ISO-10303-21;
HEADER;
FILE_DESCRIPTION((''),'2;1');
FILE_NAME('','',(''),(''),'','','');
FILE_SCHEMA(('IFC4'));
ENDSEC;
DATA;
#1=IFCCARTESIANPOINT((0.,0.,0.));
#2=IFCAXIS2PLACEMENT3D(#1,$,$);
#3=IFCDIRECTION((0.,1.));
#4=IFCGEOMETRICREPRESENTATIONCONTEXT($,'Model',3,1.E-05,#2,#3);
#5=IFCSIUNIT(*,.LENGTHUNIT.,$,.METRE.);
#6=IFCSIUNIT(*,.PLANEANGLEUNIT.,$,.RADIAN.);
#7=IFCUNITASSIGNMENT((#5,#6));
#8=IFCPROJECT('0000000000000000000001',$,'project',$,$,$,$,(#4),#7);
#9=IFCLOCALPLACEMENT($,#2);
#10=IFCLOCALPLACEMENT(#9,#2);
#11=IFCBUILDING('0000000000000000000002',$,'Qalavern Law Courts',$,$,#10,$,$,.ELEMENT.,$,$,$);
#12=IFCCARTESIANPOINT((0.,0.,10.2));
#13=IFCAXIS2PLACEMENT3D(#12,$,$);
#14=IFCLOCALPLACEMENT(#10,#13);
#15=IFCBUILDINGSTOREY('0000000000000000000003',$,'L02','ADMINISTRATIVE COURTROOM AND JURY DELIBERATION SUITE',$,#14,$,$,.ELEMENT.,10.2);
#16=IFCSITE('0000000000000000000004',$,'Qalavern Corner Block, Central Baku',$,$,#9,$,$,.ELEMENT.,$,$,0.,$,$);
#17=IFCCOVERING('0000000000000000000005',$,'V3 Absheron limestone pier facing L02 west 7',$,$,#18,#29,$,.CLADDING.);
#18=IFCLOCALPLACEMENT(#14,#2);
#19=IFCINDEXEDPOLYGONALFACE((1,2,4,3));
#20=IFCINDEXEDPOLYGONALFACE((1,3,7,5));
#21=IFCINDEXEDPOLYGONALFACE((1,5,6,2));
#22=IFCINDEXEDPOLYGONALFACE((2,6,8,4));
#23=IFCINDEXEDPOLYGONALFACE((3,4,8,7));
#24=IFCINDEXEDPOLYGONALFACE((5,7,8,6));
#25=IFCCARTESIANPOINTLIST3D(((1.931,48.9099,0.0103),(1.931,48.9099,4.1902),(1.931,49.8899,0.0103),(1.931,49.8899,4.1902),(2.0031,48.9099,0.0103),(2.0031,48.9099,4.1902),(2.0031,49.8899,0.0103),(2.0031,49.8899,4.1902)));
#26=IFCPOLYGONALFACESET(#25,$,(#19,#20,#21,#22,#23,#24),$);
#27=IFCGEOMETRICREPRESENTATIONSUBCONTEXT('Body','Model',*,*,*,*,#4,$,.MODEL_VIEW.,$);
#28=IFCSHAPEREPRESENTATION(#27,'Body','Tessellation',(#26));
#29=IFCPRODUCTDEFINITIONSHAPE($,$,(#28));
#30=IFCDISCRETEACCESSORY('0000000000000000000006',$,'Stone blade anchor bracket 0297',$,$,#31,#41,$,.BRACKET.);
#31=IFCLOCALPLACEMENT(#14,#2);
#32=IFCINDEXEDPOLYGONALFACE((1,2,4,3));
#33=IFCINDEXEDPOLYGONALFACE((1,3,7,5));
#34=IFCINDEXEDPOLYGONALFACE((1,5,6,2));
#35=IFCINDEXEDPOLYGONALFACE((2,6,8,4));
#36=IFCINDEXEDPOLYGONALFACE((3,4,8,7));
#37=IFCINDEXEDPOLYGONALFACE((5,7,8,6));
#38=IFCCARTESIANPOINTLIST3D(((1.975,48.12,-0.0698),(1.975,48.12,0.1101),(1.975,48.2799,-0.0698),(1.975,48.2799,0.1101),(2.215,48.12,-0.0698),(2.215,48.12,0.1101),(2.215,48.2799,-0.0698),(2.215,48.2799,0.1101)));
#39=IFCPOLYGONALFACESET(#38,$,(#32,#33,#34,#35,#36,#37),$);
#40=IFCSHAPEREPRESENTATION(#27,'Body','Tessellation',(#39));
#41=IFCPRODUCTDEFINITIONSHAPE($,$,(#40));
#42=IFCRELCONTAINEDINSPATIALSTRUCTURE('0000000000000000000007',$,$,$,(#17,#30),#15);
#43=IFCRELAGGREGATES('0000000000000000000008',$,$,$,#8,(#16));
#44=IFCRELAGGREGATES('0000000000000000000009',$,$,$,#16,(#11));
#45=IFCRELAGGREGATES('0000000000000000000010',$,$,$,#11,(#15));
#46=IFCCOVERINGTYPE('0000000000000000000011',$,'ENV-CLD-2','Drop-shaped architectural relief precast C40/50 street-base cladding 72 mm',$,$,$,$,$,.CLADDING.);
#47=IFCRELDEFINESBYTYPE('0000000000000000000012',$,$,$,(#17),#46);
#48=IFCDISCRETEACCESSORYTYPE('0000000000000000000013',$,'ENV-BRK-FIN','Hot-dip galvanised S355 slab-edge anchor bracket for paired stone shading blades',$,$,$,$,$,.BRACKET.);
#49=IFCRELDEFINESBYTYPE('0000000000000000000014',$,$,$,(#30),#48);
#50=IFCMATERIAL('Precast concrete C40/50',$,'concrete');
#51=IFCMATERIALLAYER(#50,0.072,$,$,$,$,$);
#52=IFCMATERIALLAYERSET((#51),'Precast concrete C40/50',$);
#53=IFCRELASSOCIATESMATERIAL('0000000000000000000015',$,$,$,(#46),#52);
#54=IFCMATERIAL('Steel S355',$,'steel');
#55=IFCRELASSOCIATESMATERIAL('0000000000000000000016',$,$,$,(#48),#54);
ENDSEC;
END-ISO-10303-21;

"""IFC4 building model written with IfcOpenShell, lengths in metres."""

from ifc_helpers import new_model, si_unit, direction, frame, origin, origin_2d, place, context, subcontext, project, spatial, rectangle, extrude, material, layer, layer_set, type_object, element, save


model = new_model("IFC4")

# Units and contexts
model_context = context("Model", 3, precision=1e-05, world=origin(), true_north=direction((0.0, 1.0)))
body_context = subcontext(model_context, "Body", "Model", "MODEL_VIEW")
ifc_project = project(units=[si_unit("LENGTHUNIT", "METRE"), si_unit("PLANEANGLEUNIT", "RADIAN")], contexts=[model_context])

# Site, building, storey
site_placement = place(None, origin())
site = spatial("IfcSite", under=ifc_project, at=site_placement, Name="Qalavern Corner Block, Central Baku", CompositionType="ELEMENT", RefElevation=0.0)
building_placement = place(site_placement, origin())
building = spatial("IfcBuilding", under=site, at=building_placement, Name="Qalavern Law Courts", CompositionType="ELEMENT")
storey_placement = place(building_placement, frame((0.0, 0.0, 10.2)))
storey = spatial("IfcBuildingStorey", under=building, at=storey_placement, Name="L02", Description="ADMINISTRATIVE COURTROOM AND JURY DELIBERATION SUITE", CompositionType="ELEMENT", Elevation=10.2)

# Shared definitions
ifc_material_1 = material(Name="Steel S355", Category="steel")

# Covering
ifc_material_2 = material(Name="Precast concrete C40/50", Category="concrete")
ifc_layer_1 = layer(ifc_material_2, 0.072)
ifc_layer_set_1 = layer_set([ifc_layer_1], Name="Precast concrete C40/50")
covering_type_1 = type_object("IfcCoveringType", Name="ENV-CLD-2", Description="Drop-shaped architectural relief precast C40/50 street-base cladding 72 mm", PredefinedType="CLADDING", material=ifc_layer_set_1)
covering_1_placement = place(storey_placement, frame((1.967, 49.3999, 0.0103), z_axis=(0.0, 0.0, 1.0), x_axis=(0.0, -1.0, 0.0)))
element("IfcCovering", 1, at=covering_1_placement, inside=storey, type_object=covering_type_1, Name="V3 Absheron limestone pier facing L02 west 7", PredefinedType="CLADDING", context=body_context, shape_type="SweptSolid", body=[
    extrude(rectangle(XDim=0.98, YDim=0.072, at=origin_2d()), origin(), (0.0, 0.0, 1.0), 4.1799),
])

# Discrete accessory
discrete_accessory_type = type_object("IfcDiscreteAccessoryType", Name="ENV-BRK-FIN", Description="Hot-dip galvanised S355 slab-edge anchor bracket for paired stone shading blades", PredefinedType="BRACKET", material=ifc_material_1)
discrete_accessory_placement = place(storey_placement, frame((2.095, 48.2, -0.0698), z_axis=(0.0, 0.0, 1.0), x_axis=(-1.0, 0.0, 0.0)))
element("IfcDiscreteAccessory", 2, at=discrete_accessory_placement, inside=storey, type_object=discrete_accessory_type, Name="Stone blade anchor bracket 0297", PredefinedType="BRACKET", context=body_context, shape_type="SweptSolid", body=[
    extrude(rectangle(XDim=0.24, YDim=0.1599, at=origin_2d()), origin(), (0.0, 0.0, 1.0), 0.1799),
])

save(model, "model.ifc")
